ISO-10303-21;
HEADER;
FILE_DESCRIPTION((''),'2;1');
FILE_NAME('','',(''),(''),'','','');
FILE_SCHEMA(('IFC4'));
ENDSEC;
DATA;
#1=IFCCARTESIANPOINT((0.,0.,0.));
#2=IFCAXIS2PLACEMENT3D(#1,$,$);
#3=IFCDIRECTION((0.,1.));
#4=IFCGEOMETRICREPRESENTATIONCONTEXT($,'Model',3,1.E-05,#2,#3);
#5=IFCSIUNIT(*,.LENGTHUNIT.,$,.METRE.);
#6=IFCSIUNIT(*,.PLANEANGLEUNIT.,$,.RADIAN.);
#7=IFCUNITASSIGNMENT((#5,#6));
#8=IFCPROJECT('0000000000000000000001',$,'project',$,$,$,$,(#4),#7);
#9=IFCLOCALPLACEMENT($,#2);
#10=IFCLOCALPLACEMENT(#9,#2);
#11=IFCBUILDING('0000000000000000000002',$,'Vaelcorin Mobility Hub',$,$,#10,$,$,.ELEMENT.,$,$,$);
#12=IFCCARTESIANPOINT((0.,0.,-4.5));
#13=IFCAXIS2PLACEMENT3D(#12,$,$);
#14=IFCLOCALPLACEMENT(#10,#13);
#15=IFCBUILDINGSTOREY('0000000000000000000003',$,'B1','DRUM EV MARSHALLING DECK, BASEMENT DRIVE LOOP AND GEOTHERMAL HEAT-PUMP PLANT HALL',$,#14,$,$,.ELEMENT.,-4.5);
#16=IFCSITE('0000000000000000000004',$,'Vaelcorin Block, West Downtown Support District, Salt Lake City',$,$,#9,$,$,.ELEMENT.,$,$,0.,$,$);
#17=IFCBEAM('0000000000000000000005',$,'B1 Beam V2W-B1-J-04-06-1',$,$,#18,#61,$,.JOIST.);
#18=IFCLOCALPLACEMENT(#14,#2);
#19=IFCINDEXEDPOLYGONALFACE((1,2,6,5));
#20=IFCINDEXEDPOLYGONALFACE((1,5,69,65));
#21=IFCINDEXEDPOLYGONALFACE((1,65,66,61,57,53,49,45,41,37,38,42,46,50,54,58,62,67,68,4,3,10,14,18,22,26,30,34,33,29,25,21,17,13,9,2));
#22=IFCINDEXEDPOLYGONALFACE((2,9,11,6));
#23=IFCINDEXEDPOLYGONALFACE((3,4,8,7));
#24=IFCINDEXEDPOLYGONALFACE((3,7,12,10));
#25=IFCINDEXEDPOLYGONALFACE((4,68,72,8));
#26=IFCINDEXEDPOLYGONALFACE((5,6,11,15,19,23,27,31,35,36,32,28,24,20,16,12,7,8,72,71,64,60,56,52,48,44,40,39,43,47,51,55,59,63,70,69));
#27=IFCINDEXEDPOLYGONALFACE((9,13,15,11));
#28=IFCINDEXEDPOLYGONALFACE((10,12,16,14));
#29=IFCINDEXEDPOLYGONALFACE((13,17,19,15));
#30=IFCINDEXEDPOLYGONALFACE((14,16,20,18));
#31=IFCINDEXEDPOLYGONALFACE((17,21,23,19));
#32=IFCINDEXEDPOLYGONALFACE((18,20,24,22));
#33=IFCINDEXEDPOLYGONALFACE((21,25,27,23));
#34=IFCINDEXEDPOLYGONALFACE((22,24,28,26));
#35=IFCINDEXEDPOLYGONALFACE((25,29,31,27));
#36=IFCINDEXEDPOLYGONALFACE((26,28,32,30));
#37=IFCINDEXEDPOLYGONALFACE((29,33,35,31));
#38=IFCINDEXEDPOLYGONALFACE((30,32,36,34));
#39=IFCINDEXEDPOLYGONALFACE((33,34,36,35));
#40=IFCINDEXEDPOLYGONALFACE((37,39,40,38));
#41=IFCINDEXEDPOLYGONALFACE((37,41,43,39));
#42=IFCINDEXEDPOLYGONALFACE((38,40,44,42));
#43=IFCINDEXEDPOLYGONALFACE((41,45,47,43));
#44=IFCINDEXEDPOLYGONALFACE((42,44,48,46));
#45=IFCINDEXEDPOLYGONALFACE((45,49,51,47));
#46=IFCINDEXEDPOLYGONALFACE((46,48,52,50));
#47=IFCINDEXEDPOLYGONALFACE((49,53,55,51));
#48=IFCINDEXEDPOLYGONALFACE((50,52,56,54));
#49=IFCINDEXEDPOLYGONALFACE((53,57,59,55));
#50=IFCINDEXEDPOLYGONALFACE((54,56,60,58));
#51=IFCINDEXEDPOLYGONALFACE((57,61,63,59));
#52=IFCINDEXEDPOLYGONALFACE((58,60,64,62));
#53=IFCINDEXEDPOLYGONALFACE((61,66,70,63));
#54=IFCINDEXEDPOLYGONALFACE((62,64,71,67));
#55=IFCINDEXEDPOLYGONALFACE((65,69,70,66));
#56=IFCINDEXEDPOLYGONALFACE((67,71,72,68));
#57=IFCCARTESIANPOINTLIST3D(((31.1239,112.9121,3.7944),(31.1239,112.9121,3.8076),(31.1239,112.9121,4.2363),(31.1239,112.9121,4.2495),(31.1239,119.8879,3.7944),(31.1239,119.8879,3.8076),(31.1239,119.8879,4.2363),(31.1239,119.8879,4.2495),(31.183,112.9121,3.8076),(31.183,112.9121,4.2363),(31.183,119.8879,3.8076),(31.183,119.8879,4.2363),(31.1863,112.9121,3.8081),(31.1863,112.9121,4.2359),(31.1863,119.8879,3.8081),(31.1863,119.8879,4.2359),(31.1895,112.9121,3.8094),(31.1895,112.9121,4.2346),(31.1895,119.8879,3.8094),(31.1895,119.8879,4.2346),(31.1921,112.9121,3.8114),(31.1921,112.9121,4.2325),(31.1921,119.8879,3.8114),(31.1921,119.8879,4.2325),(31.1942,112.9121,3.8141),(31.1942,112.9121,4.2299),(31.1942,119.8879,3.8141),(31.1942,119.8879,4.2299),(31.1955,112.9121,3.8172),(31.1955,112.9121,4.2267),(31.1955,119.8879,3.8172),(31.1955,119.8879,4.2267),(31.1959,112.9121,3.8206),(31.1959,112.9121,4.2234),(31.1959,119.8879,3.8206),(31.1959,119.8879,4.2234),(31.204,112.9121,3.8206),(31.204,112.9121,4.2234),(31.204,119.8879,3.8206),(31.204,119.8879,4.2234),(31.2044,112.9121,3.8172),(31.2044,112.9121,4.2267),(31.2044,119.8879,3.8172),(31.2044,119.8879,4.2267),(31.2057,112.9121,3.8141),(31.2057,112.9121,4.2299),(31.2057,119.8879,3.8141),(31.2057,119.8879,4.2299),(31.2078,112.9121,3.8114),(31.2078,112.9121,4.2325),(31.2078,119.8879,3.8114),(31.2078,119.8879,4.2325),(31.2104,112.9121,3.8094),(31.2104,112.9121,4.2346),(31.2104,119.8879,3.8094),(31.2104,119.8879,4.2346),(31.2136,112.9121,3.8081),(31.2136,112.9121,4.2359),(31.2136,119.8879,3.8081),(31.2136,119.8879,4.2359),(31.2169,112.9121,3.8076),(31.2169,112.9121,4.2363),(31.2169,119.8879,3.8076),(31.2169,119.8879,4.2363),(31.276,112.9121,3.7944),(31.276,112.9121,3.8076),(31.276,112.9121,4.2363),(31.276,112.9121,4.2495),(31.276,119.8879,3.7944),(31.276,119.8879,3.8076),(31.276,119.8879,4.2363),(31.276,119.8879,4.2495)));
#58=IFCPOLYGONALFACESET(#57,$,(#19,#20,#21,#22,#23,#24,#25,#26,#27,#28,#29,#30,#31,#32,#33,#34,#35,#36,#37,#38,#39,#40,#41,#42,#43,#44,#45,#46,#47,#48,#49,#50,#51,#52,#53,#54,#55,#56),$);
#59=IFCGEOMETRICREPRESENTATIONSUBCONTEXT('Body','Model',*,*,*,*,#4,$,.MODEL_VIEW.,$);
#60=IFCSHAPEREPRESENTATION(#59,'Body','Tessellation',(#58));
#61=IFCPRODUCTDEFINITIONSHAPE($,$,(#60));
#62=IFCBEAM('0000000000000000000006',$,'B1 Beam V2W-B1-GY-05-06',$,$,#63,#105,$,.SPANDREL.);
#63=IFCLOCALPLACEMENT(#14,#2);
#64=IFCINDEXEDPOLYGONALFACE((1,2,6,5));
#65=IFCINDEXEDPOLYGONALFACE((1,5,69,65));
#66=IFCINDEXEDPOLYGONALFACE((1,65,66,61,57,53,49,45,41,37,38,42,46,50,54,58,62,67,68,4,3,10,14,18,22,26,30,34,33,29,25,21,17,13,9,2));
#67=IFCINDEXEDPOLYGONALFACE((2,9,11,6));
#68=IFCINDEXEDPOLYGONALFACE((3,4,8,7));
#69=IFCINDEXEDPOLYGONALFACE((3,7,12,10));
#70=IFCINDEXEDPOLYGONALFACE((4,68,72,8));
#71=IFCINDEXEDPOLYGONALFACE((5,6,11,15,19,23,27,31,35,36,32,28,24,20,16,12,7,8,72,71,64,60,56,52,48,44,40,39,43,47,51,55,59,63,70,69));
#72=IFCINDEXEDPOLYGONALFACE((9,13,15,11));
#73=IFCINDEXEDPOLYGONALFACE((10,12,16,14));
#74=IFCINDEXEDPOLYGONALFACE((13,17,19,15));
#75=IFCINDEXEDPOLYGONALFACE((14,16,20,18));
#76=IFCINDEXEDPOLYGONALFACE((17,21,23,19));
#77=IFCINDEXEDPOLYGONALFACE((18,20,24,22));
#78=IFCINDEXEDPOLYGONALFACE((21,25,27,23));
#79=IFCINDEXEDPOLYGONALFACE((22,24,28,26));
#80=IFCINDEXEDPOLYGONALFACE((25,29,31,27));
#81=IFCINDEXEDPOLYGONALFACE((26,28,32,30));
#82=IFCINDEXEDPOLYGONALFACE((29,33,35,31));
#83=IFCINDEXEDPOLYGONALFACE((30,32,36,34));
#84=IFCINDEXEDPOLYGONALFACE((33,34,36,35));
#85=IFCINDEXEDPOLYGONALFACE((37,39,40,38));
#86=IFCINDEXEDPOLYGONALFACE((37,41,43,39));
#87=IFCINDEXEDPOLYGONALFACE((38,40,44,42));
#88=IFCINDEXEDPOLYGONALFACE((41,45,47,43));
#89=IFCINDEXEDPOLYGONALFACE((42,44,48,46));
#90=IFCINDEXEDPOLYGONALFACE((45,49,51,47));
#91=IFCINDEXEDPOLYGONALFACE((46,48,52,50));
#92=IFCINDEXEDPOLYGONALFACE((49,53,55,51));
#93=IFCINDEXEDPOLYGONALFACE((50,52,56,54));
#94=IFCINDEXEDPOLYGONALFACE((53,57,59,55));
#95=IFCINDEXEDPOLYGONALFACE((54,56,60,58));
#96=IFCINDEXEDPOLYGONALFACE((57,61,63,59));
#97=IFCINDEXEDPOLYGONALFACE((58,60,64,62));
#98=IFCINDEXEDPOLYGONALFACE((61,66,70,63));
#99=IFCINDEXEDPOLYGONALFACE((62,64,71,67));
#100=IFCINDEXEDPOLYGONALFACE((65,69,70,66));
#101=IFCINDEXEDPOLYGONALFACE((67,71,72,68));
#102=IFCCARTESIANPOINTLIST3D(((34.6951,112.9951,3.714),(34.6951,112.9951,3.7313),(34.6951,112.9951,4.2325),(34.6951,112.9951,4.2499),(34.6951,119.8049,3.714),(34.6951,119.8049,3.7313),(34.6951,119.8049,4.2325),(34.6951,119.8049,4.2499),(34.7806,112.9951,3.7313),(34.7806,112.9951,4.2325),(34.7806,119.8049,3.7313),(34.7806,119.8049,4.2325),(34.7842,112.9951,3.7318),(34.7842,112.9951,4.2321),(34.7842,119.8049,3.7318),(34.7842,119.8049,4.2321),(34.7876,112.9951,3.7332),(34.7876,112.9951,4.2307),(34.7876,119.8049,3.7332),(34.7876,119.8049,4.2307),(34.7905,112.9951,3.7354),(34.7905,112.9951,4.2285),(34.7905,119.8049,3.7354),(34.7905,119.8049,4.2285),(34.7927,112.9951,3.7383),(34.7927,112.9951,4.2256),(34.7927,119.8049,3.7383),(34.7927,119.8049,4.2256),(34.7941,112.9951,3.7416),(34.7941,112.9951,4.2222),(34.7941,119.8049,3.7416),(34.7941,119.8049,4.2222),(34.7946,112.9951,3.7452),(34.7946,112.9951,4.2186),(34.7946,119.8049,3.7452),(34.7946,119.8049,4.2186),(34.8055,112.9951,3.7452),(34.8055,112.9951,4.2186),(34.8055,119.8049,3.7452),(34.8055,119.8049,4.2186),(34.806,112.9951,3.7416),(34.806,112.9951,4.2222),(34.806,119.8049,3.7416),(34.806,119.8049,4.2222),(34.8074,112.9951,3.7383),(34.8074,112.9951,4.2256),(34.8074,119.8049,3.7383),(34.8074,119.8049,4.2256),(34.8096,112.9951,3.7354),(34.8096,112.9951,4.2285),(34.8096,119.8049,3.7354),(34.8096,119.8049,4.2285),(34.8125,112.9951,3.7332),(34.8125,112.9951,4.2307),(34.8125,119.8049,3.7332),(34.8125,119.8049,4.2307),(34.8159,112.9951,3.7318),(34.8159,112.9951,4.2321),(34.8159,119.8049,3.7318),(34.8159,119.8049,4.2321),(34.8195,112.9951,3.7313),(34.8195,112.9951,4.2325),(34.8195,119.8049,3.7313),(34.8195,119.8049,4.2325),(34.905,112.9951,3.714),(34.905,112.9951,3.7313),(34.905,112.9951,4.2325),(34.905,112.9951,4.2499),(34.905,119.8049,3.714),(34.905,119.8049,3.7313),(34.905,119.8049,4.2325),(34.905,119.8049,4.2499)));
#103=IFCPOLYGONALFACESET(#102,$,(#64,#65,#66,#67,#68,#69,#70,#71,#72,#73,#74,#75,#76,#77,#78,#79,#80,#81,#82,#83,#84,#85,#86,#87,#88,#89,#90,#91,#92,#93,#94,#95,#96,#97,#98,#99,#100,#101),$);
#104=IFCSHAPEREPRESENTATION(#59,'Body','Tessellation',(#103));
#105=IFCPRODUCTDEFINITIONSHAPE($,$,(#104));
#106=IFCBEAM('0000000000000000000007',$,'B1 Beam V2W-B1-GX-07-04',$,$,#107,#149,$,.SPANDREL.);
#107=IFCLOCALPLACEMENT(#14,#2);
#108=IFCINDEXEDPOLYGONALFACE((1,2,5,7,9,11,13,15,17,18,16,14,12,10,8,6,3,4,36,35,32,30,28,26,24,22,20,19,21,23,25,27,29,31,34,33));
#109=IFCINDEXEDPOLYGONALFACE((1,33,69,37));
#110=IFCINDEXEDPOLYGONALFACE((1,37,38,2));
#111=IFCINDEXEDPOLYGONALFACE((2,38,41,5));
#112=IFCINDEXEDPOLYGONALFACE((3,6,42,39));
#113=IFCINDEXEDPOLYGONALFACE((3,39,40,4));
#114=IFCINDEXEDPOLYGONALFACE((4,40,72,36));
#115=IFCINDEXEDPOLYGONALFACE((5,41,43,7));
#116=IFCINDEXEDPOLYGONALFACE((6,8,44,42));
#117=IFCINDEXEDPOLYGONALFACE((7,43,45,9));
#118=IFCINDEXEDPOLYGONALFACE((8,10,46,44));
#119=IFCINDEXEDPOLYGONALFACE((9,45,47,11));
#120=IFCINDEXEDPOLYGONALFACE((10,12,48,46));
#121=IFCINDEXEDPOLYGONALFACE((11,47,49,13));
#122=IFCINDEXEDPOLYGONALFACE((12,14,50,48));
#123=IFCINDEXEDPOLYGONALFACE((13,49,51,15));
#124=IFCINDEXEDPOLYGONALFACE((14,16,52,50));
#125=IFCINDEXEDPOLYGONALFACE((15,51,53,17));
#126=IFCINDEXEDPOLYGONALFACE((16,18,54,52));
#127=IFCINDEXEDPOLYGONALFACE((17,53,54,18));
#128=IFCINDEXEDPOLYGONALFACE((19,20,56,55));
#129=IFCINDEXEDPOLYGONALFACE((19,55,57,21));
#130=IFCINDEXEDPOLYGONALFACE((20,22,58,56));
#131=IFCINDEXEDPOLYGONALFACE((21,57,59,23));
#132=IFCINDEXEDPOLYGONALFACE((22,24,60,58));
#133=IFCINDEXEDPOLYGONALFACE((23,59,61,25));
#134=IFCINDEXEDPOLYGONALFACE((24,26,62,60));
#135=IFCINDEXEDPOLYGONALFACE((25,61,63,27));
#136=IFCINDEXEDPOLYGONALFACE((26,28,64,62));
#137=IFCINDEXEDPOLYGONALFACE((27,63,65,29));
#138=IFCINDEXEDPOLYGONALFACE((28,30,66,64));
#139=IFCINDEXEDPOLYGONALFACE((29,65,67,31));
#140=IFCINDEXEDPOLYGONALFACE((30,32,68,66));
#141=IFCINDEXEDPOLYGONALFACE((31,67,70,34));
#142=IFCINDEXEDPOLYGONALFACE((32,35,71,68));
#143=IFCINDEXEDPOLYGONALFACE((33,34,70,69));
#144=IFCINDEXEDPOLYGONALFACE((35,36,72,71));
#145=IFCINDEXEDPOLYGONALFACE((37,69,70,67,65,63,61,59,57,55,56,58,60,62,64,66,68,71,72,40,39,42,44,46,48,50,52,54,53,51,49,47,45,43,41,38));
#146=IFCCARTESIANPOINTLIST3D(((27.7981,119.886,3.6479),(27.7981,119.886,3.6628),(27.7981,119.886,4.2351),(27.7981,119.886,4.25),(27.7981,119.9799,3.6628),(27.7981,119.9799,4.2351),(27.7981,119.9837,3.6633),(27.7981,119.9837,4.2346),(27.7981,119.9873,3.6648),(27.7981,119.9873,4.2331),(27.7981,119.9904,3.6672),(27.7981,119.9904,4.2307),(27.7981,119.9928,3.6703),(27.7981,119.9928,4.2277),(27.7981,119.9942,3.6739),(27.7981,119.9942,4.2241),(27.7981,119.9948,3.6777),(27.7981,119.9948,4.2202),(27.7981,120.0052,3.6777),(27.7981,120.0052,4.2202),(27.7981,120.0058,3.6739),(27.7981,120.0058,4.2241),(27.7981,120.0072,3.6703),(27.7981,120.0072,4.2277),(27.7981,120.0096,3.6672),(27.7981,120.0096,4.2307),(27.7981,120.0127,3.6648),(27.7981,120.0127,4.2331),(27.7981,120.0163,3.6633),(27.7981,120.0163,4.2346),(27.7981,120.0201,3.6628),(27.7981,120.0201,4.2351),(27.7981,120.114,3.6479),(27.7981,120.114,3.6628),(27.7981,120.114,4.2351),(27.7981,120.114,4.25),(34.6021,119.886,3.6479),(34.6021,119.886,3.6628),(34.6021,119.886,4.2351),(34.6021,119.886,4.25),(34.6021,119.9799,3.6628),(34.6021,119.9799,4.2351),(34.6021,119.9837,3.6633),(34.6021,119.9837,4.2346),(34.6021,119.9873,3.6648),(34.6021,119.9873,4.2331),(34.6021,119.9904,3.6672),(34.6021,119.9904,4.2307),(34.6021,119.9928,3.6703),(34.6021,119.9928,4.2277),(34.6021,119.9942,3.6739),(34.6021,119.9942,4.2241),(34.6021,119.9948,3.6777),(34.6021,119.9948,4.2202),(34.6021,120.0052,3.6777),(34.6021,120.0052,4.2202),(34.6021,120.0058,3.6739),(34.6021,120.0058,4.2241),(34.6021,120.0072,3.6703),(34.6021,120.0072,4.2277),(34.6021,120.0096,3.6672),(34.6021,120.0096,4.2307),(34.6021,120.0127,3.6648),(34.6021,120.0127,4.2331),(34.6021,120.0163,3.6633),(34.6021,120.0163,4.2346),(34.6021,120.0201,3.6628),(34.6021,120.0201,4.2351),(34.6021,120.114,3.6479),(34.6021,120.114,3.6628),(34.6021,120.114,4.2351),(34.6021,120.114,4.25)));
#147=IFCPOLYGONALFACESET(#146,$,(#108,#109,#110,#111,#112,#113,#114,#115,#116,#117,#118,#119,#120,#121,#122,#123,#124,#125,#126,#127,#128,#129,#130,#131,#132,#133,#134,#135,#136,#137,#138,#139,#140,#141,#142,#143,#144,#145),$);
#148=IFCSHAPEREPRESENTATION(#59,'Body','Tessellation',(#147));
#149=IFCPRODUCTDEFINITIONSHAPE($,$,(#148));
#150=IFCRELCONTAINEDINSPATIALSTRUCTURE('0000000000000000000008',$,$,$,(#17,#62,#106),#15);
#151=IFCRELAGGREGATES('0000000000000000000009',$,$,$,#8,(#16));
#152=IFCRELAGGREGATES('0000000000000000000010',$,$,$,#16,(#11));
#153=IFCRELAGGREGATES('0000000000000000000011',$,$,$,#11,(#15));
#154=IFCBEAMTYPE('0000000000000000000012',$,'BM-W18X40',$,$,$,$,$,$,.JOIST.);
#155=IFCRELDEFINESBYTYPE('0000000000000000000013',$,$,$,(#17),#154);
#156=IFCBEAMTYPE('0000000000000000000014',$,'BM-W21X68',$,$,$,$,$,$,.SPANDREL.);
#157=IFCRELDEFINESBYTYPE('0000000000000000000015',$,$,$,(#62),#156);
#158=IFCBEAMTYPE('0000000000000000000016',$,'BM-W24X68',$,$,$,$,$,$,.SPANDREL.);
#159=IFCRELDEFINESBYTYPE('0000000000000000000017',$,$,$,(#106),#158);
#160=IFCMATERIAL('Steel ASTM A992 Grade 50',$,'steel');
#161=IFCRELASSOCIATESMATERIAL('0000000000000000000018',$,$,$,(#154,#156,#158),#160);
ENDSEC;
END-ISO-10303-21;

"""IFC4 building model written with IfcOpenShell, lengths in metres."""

from ifc_helpers import new_model, si_unit, direction, frame, origin, origin_2d, place, context, subcontext, project, spatial, i_section, extrude, material, material_profile, profile_set, type_object, element, save


model = new_model("IFC4")

# Units and contexts
model_context = context("Model", 3, precision=1e-05, world=origin(), true_north=direction((0.0, 1.0)))
body_context = subcontext(model_context, "Body", "Model", "MODEL_VIEW")
ifc_project = project(units=[si_unit("LENGTHUNIT", "METRE"), si_unit("PLANEANGLEUNIT", "RADIAN")], contexts=[model_context])

# Site, building, storey
site_placement = place(None, origin())
site = spatial("IfcSite", under=ifc_project, at=site_placement, Name="Vaelcorin Block, West Downtown Support District, Salt Lake City", CompositionType="ELEMENT", RefElevation=0.0)
building_placement = place(site_placement, origin())
building = spatial("IfcBuilding", under=site, at=building_placement, Name="Vaelcorin Mobility Hub", CompositionType="ELEMENT")
storey_placement = place(building_placement, frame((0.0, 0.0, -4.5)))
storey = spatial("IfcBuildingStorey", under=building, at=storey_placement, Name="B1", Description="DRUM EV MARSHALLING DECK, BASEMENT DRIVE LOOP AND GEOTHERMAL HEAT-PUMP PLANT HALL", CompositionType="ELEMENT", Elevation=-4.5)

# Shared definitions
ifc_material_1 = material(Name="Steel ASTM A992 Grade 50", Category="steel")

# Beams
ifc_material_profile_1 = material_profile(ifc_material_1, i_section(OverallWidth=0.1521, OverallDepth=0.4551, WebThickness=0.0081, FlangeThickness=0.0132, FilletRadius=0.0129, at=origin_2d()), Name="W18X40")
ifc_profile_set_1 = profile_set([ifc_material_profile_1], Name="Steel ASTM A992 Grade 50")
beam_type_1 = type_object("IfcBeamType", Name="BM-W18X40", PredefinedType="JOIST", material=ifc_profile_set_1)
beam_1_placement = place(storey_placement, frame((31.2, 112.9121, 4.022), z_axis=(0.0, 1.0, 0.0), x_axis=(-1.0, 0.0, 0.0)))
element("IfcBeam", 1, at=beam_1_placement, inside=storey, type_object=beam_type_1, Name="B1 Beam V2W-B1-J-04-06-1", PredefinedType="JOIST", context=body_context, shape_type="SweptSolid", body=[
    extrude(i_section(OverallWidth=0.1521, OverallDepth=0.4551, WebThickness=0.0081, FlangeThickness=0.0132, FilletRadius=0.0129, at=origin_2d()), origin(), (0.0, 0.0, 1.0), 6.9758),
])
ifc_material_profile_2 = material_profile(ifc_material_1, i_section(OverallWidth=0.21, OverallDepth=0.5359, WebThickness=0.011, FlangeThickness=0.0173, FilletRadius=0.0139, at=origin_2d()), Name="W21X68")
ifc_profile_set_2 = profile_set([ifc_material_profile_2], Name="Steel ASTM A992 Grade 50")
beam_type_2 = type_object("IfcBeamType", Name="BM-W21X68", PredefinedType="SPANDREL", material=ifc_profile_set_2)
beam_2_placement = place(storey_placement, frame((34.8, 112.9951, 3.9819), z_axis=(0.0, 1.0, 0.0), x_axis=(-1.0, 0.0, 0.0)))
element("IfcBeam", 2, at=beam_2_placement, inside=storey, type_object=beam_type_2, Name="B1 Beam V2W-B1-GY-05-06", PredefinedType="SPANDREL", context=body_context, shape_type="SweptSolid", body=[
    extrude(i_section(OverallWidth=0.21, OverallDepth=0.5359, WebThickness=0.011, FlangeThickness=0.0173, FilletRadius=0.0139, at=origin_2d()), origin(), (0.0, 0.0, 1.0), 6.8098),
])
ifc_material_profile_3 = material_profile(ifc_material_1, i_section(OverallWidth=0.228, OverallDepth=0.6021, WebThickness=0.0105, FlangeThickness=0.0149, FilletRadius=0.0149, at=origin_2d()), Name="W24X68")
ifc_profile_set_3 = profile_set([ifc_material_profile_3], Name="Steel ASTM A992 Grade 50")
beam_type_3 = type_object("IfcBeamType", Name="BM-W24X68", PredefinedType="SPANDREL", material=ifc_profile_set_3)
beam_3_placement = place(storey_placement, frame((27.7981, 120.0, 3.949), z_axis=(1.0, 0.0, 0.0), x_axis=(0.0, 1.0, 0.0)))
element("IfcBeam", 3, at=beam_3_placement, inside=storey, type_object=beam_type_3, Name="B1 Beam V2W-B1-GX-07-04", PredefinedType="SPANDREL", context=body_context, shape_type="SweptSolid", body=[
    extrude(i_section(OverallWidth=0.228, OverallDepth=0.6021, WebThickness=0.0105, FlangeThickness=0.0149, FilletRadius=0.0149, at=origin_2d()), origin(), (0.0, 0.0, 1.0), 6.804),
])

save(model, "model.ifc")
